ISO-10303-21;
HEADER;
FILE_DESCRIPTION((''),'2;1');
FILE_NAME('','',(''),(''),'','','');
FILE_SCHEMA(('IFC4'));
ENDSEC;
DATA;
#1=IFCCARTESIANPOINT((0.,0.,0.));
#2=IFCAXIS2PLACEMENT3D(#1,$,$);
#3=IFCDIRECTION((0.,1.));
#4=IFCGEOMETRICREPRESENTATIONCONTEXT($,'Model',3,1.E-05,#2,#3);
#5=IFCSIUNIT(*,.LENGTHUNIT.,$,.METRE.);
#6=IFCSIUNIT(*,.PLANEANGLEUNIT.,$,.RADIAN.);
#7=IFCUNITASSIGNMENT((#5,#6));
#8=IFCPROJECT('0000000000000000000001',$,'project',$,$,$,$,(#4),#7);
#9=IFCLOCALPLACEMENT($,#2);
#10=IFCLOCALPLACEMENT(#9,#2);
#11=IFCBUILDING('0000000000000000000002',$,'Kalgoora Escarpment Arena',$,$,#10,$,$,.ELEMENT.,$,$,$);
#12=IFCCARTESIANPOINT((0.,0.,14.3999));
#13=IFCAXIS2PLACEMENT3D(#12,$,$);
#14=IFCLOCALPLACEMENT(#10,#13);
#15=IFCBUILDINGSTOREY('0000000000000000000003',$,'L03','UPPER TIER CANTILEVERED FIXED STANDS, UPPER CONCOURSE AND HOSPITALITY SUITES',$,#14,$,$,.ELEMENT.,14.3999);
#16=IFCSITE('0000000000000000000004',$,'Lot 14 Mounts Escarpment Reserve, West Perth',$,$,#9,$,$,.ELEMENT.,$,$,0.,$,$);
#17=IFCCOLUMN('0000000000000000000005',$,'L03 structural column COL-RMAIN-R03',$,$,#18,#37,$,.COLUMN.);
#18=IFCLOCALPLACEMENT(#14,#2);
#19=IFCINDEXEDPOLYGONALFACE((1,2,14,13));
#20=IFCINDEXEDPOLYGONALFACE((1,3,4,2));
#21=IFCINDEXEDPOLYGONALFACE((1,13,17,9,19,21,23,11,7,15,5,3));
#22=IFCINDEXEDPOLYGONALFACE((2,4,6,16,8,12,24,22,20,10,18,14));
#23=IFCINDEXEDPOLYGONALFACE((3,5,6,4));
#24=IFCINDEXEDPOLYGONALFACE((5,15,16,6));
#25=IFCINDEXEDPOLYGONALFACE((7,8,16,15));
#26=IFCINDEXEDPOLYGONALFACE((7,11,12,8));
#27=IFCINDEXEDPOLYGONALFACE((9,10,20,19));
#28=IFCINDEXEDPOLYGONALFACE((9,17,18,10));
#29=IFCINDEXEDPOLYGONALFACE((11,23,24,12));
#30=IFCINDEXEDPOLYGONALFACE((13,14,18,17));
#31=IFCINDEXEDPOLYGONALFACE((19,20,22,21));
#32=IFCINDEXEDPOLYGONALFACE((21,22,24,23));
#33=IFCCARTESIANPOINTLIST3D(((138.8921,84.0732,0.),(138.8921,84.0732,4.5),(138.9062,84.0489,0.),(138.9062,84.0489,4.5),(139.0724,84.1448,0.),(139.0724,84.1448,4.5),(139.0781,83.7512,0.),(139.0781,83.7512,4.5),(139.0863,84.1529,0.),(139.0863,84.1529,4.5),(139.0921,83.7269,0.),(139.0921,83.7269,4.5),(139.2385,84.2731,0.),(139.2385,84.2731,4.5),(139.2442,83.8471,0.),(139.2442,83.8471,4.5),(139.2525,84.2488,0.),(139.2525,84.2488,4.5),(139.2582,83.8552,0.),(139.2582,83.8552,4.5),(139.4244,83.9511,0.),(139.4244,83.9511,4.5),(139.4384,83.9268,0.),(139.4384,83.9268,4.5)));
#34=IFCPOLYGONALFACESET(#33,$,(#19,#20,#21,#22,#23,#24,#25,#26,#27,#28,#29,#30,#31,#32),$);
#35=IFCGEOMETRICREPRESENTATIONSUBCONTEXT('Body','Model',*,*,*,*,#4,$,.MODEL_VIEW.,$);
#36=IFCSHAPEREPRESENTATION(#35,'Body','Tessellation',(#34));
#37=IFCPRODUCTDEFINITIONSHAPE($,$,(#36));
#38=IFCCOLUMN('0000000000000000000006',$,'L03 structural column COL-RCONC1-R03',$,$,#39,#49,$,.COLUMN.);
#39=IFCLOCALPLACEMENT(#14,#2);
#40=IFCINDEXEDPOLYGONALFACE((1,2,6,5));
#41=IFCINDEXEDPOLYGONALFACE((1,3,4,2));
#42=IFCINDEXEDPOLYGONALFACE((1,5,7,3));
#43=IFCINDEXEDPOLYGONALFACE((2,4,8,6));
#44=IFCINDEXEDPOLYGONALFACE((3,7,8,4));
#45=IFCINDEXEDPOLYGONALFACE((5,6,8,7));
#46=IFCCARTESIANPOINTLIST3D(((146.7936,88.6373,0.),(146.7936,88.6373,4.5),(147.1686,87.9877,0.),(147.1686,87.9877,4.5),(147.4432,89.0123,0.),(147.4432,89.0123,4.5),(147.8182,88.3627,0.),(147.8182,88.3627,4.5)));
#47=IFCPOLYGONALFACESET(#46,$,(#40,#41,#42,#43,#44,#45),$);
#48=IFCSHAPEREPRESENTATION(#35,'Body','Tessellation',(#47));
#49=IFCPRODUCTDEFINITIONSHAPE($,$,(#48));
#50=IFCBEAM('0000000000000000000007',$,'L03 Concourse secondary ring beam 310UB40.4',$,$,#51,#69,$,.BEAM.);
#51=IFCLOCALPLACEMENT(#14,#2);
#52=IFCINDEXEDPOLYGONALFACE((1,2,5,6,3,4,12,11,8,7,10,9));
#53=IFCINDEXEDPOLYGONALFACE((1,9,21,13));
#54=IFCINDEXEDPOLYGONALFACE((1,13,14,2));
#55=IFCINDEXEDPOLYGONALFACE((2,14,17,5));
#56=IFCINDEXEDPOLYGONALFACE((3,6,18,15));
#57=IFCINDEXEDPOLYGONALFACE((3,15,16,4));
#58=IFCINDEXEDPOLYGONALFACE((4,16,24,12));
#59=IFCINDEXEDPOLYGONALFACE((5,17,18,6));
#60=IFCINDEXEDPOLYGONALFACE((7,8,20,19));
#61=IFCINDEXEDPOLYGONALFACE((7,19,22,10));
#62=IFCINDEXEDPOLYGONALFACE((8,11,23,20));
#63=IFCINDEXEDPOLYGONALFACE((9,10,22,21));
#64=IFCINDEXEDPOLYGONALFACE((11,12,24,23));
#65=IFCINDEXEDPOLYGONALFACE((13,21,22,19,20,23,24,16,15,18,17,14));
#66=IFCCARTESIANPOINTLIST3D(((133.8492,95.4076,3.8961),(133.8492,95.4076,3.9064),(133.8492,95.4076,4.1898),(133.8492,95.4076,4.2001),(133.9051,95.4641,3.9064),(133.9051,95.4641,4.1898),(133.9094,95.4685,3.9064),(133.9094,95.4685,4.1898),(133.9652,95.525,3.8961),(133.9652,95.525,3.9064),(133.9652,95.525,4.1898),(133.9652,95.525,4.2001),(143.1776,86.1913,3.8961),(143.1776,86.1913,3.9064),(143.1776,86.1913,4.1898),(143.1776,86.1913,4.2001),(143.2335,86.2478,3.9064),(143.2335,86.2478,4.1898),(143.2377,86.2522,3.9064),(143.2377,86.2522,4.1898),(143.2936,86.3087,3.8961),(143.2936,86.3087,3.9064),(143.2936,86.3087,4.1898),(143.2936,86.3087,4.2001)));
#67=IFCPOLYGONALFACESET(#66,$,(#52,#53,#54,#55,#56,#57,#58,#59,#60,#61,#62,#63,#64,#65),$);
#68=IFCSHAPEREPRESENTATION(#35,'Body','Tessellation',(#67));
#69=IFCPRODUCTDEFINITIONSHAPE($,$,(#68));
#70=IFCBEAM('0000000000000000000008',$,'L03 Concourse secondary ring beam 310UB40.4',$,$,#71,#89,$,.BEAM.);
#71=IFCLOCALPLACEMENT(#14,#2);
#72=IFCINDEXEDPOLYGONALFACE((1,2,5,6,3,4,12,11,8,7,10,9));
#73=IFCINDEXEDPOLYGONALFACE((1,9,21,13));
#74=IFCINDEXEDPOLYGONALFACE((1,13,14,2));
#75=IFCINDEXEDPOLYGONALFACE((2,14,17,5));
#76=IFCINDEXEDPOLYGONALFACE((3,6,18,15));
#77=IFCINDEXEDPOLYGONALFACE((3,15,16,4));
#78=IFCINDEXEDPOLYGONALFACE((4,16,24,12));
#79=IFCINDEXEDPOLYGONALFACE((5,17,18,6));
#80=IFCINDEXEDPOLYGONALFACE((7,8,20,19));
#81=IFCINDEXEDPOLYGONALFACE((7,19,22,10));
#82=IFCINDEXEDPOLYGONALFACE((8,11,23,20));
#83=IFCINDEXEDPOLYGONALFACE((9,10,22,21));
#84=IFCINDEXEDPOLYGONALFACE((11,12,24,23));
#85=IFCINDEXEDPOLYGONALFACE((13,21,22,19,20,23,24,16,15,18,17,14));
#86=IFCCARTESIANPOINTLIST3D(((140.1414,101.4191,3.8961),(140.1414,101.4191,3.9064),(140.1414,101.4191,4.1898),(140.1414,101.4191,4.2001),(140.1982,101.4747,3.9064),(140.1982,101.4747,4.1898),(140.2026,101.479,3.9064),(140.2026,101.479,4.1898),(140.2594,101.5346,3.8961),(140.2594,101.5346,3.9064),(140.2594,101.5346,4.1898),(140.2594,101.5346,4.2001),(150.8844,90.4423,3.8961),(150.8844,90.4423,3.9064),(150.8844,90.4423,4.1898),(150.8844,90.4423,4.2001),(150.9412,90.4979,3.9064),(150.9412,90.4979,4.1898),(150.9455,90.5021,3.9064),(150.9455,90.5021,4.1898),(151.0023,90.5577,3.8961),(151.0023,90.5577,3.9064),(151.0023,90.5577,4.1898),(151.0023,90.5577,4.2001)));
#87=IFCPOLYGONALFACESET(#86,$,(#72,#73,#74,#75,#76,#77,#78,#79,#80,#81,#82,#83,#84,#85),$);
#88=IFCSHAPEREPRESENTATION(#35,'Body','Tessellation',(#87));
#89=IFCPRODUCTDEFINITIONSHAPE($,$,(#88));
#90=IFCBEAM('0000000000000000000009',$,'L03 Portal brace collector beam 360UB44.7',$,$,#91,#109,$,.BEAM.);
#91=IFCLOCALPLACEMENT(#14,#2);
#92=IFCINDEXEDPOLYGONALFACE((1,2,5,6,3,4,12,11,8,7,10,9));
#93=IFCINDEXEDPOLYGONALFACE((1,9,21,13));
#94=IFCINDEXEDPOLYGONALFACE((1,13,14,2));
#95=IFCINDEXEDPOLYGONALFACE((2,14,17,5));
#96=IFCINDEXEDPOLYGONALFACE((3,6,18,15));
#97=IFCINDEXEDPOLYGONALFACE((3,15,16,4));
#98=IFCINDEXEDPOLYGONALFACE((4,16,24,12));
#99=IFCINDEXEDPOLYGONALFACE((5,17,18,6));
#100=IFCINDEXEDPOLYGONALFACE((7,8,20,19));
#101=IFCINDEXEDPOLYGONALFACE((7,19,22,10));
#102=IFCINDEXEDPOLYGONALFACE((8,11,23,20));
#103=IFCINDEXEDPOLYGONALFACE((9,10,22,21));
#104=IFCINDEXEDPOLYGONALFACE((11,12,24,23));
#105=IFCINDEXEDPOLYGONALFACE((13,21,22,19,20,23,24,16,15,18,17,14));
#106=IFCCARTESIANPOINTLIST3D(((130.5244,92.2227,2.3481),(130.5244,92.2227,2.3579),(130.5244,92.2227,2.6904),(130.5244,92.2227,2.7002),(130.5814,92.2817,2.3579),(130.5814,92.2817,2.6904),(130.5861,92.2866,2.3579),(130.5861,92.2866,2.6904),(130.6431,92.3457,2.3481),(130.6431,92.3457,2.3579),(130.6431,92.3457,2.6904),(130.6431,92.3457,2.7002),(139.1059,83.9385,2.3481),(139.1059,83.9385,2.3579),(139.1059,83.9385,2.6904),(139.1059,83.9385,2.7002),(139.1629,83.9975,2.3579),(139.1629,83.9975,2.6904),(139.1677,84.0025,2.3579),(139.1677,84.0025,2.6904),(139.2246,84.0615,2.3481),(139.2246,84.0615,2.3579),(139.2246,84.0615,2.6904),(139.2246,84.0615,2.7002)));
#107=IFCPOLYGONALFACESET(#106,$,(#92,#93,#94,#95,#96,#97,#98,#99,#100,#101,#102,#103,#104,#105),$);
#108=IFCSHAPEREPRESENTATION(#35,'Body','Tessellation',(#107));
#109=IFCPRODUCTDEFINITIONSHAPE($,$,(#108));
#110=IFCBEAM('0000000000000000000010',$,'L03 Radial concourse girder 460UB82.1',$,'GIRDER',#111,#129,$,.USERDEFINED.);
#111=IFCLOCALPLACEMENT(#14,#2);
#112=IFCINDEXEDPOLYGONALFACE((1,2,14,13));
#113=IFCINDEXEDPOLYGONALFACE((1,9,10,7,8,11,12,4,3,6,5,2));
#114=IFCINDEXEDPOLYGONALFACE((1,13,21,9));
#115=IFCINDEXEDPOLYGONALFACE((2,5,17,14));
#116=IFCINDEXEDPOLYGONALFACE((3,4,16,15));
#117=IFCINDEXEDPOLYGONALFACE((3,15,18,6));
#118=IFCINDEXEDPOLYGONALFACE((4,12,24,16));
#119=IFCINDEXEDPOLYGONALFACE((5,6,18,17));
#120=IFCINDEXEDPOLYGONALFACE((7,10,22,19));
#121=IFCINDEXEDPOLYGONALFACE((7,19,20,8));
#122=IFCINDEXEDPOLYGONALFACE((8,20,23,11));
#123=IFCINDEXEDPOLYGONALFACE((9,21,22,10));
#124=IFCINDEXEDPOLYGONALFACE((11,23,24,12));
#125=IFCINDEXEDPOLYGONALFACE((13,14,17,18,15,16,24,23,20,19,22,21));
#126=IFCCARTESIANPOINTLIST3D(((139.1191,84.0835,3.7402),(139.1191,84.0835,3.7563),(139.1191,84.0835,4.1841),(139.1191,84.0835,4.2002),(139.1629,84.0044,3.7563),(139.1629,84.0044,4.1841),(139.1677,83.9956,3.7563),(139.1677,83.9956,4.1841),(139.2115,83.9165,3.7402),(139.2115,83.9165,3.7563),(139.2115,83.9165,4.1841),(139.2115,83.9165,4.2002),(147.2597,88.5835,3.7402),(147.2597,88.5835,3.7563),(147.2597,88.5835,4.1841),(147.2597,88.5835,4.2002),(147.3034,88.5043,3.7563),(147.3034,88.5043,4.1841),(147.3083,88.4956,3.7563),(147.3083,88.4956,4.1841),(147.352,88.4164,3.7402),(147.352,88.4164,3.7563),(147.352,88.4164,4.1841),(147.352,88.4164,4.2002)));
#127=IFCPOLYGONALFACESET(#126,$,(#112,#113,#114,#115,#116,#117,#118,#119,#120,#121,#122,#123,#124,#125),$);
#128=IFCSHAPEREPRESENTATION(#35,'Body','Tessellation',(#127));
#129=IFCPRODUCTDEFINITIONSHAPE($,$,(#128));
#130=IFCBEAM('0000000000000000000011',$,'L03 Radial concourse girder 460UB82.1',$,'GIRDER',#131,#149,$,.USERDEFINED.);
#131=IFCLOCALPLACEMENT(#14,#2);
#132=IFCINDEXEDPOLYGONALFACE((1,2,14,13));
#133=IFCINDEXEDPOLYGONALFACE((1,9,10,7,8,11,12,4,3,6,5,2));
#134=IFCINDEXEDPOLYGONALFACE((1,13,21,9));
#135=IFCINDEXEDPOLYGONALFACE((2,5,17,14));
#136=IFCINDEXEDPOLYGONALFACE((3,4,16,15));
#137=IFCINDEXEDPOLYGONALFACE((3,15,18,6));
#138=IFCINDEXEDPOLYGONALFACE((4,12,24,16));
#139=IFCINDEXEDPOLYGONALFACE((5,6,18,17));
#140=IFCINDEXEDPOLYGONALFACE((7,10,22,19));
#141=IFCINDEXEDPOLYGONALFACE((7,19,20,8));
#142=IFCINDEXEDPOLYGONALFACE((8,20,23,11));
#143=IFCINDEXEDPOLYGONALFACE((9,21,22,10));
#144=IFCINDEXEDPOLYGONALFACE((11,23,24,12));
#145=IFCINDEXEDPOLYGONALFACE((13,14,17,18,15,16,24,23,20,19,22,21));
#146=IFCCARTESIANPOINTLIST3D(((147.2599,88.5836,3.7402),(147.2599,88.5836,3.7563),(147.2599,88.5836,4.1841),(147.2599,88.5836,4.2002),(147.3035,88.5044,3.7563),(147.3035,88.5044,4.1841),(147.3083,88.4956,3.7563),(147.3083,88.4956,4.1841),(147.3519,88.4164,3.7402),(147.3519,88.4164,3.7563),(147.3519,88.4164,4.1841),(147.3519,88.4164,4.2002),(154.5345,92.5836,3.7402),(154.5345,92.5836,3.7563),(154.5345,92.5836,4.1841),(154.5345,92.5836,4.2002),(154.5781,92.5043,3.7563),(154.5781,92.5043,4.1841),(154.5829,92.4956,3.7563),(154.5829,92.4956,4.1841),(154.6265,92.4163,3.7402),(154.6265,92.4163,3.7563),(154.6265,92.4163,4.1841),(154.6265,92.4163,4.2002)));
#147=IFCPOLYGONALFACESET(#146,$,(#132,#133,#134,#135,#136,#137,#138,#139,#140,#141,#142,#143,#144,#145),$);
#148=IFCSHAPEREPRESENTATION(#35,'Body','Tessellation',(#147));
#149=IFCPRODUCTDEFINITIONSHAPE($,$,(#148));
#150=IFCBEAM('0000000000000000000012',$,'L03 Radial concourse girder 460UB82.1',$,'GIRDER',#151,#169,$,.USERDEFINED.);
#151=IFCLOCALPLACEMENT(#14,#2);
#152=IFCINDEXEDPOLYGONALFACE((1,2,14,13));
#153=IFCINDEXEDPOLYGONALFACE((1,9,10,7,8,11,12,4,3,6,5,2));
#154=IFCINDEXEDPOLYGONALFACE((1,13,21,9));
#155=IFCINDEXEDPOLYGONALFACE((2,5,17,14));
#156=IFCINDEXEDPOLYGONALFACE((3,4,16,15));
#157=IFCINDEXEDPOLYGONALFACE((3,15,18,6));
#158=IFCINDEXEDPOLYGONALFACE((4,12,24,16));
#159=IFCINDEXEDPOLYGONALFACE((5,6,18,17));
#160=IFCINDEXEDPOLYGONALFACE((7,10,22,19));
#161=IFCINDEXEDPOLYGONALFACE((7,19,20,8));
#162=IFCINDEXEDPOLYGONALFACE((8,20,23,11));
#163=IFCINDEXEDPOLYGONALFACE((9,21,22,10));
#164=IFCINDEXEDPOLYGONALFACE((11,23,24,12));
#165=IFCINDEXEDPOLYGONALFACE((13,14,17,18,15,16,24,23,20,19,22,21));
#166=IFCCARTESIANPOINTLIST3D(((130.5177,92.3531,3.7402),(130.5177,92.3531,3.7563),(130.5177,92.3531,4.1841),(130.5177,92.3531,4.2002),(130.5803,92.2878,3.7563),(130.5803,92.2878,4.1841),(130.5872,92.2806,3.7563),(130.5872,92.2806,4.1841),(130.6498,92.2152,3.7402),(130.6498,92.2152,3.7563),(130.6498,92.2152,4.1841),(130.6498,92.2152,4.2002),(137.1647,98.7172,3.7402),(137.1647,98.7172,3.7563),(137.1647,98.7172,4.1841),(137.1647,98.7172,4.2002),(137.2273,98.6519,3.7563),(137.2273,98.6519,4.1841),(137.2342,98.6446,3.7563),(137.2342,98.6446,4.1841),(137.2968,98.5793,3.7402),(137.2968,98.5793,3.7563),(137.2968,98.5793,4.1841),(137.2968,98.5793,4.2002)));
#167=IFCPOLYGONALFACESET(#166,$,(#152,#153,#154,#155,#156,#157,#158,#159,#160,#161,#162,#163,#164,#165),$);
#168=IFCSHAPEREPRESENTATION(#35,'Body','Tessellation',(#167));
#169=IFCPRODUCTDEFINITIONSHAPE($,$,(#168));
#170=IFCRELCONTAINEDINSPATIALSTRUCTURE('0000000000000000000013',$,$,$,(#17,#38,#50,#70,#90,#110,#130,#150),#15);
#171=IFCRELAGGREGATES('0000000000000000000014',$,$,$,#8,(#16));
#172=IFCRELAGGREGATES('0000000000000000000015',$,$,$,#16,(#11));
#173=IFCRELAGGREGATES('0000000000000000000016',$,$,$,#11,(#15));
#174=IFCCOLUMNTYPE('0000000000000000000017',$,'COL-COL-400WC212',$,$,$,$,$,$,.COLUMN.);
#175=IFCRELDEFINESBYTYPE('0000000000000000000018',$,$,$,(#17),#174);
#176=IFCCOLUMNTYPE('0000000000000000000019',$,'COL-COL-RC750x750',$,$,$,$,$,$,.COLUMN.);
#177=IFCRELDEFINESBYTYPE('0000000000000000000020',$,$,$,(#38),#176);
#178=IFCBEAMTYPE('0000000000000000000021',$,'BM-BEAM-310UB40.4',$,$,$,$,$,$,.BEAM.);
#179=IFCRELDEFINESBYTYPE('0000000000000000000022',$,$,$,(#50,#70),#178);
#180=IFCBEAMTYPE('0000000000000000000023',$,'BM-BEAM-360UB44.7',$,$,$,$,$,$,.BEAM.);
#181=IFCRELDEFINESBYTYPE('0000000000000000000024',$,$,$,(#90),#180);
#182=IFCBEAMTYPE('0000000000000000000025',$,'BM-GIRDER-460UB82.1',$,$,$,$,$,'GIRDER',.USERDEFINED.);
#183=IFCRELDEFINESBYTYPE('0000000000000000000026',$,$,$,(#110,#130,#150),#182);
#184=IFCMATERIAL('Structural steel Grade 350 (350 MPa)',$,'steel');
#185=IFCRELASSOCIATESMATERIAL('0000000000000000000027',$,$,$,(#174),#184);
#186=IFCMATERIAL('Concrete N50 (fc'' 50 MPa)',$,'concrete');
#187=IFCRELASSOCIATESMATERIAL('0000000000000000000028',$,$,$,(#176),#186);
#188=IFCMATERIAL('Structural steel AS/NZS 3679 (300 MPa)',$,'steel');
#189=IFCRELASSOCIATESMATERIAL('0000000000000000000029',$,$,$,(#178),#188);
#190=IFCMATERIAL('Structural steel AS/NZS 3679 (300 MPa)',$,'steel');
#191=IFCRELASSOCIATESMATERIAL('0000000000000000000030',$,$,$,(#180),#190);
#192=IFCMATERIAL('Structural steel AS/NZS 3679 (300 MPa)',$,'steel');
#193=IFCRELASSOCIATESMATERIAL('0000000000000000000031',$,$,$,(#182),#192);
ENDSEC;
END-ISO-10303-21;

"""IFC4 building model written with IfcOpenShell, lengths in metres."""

from ifc_helpers import new_model, si_unit, direction, frame, origin, origin_2d, place, context, subcontext, project, spatial, rectangle, i_section, extrude, material, material_profile, profile_set, type_object, element, save


model = new_model("IFC4")

# Units and contexts
model_context = context("Model", 3, precision=1e-05, world=origin(), true_north=direction((0.0, 1.0)))
body_context = subcontext(model_context, "Body", "Model", "MODEL_VIEW")
ifc_project = project(units=[si_unit("LENGTHUNIT", "METRE"), si_unit("PLANEANGLEUNIT", "RADIAN")], contexts=[model_context])

# Site, building, storey
site_placement = place(None, origin())
site = spatial("IfcSite", under=ifc_project, at=site_placement, Name="Lot 14 Mounts Escarpment Reserve, West Perth", CompositionType="ELEMENT", RefElevation=0.0)
building_placement = place(site_placement, origin())
building = spatial("IfcBuilding", under=site, at=building_placement, Name="Kalgoora Escarpment Arena", CompositionType="ELEMENT")
storey_placement = place(building_placement, frame((0.0, 0.0, 14.3999)))
storey = spatial("IfcBuildingStorey", under=building, at=storey_placement, Name="L03", Description="UPPER TIER CANTILEVERED FIXED STANDS, UPPER CONCOURSE AND HOSPITALITY SUITES", CompositionType="ELEMENT", Elevation=14.3999)

# Columns
ifc_material_1 = material(Name="Structural steel Grade 350 (350 MPa)", Category="steel")
ifc_material_profile_1 = material_profile(ifc_material_1, i_section(OverallWidth=0.3999, OverallDepth=0.3999, WebThickness=0.0161, FlangeThickness=0.0281, at=origin_2d()))
ifc_profile_set_1 = profile_set([ifc_material_profile_1], Name="Structural steel Grade 350 (350 MPa)")
column_type_1 = type_object("IfcColumnType", Name="COL-COL-400WC212", PredefinedType="COLUMN", material=ifc_profile_set_1)
column_1_placement = place(storey_placement, frame((139.1653, 84.0, 0.0), z_axis=(0.0, 0.0, 1.0), x_axis=(0.866025, 0.5, 0.0)))
element("IfcColumn", 1, at=column_1_placement, inside=storey, type_object=column_type_1, Name="L03 structural column COL-RMAIN-R03", PredefinedType="COLUMN", context=body_context, shape_type="SweptSolid", body=[
    extrude(i_section(OverallWidth=0.3999, OverallDepth=0.3999, WebThickness=0.0161, FlangeThickness=0.0281, at=origin_2d()), origin(), (0.0, 0.0, 1.0), 4.5),
])
ifc_material_2 = material(Name="Concrete N50 (fc' 50 MPa)", Category="concrete")
ifc_material_profile_2 = material_profile(ifc_material_2, rectangle(XDim=0.75, YDim=0.75, at=origin_2d()))
ifc_profile_set_2 = profile_set([ifc_material_profile_2], Name="Concrete N50 (fc' 50 MPa)")
column_type_2 = type_object("IfcColumnType", Name="COL-COL-RC750x750", PredefinedType="COLUMN", material=ifc_profile_set_2)
column_2_placement = place(storey_placement, frame((147.3059, 88.5, 0.0), z_axis=(0.0, 0.0, 1.0), x_axis=(0.866025, 0.5, 0.0)))
element("IfcColumn", 2, at=column_2_placement, inside=storey, type_object=column_type_2, Name="L03 structural column COL-RCONC1-R03", PredefinedType="COLUMN", context=body_context, shape_type="SweptSolid", body=[
    extrude(rectangle(XDim=0.75, YDim=0.75, at=origin_2d()), origin(), (0.0, 0.0, 1.0), 4.5),
])

# Beams
ifc_material_3 = material(Name="Structural steel AS/NZS 3679 (300 MPa)", Category="steel")
ifc_material_profile_3 = material_profile(ifc_material_3, i_section(OverallWidth=0.165, OverallDepth=0.304, WebThickness=0.0061, FlangeThickness=0.0103, at=origin_2d()))
ifc_profile_set_3 = profile_set([ifc_material_profile_3], Name="Structural steel AS/NZS 3679 (300 MPa)")
beam_type_1 = type_object("IfcBeamType", Name="BM-BEAM-310UB40.4", PredefinedType="BEAM", material=ifc_profile_set_3)
beam_1_placement = place(storey_placement, frame((143.2356, 86.25, 4.0481), z_axis=(-0.711367, 0.702821, 0.0), x_axis=(-0.702821, -0.711367, 0.0)))
element("IfcBeam", 3, at=beam_1_placement, inside=storey, type_object=beam_type_1, Name="L03 Concourse secondary ring beam 310UB40.4", PredefinedType="BEAM", context=body_context, shape_type="SweptSolid", body=[
    extrude(i_section(OverallWidth=0.165, OverallDepth=0.304, WebThickness=0.0061, FlangeThickness=0.0103, at=origin_2d()), origin(), (0.0, 0.0, 1.0), 13.1133),
])
beam_2_placement = place(storey_placement, frame((150.9434, 90.5, 4.0481), z_axis=(-0.699452, 0.71468, 0.0), x_axis=(-0.71468, -0.699452, 0.0)))
element("IfcBeam", 4, at=beam_2_placement, inside=storey, type_object=beam_type_1, Name="L03 Concourse secondary ring beam 310UB40.4", PredefinedType="BEAM", context=body_context, shape_type="SweptSolid", body=[
    extrude(i_section(OverallWidth=0.165, OverallDepth=0.304, WebThickness=0.0061, FlangeThickness=0.0103, at=origin_2d()), origin(), (0.0, 0.0, 1.0), 15.3591),
])
ifc_material_4 = material(Name="Structural steel AS/NZS 3679 (300 MPa)", Category="steel")
ifc_material_profile_4 = material_profile(ifc_material_4, i_section(OverallWidth=0.1709, OverallDepth=0.3521, WebThickness=0.0068, FlangeThickness=0.0098, at=origin_2d()))
ifc_profile_set_4 = profile_set([ifc_material_profile_4], Name="Structural steel AS/NZS 3679 (300 MPa)")
beam_type_2 = type_object("IfcBeamType", Name="BM-BEAM-360UB44.7", PredefinedType="BEAM", material=ifc_profile_set_4)
beam_3_placement = place(storey_placement, frame((139.1653, 84.0, 2.5242), z_axis=(-0.719462, 0.694532, 0.0), x_axis=(-0.694532, -0.719462, 0.0)))
element("IfcBeam", 5, at=beam_3_placement, inside=storey, type_object=beam_type_2, Name="L03 Portal brace collector beam 360UB44.7", PredefinedType="BEAM", context=body_context, shape_type="SweptSolid", body=[
    extrude(i_section(OverallWidth=0.1709, OverallDepth=0.3521, WebThickness=0.0068, FlangeThickness=0.0098, at=origin_2d()), origin(), (0.0, 0.0, 1.0), 11.9277),
])
ifc_material_5 = material(Name="Structural steel AS/NZS 3679 (300 MPa)", Category="steel")
ifc_material_profile_5 = material_profile(ifc_material_5, i_section(OverallWidth=0.1909, OverallDepth=0.46, WebThickness=0.01, FlangeThickness=0.0161, at=origin_2d()))
ifc_profile_set_5 = profile_set([ifc_material_profile_5], Name="Structural steel AS/NZS 3679 (300 MPa)")
beam_type_3 = type_object("IfcBeamType", Name="BM-GIRDER-460UB82.1", ElementType="GIRDER", PredefinedType="USERDEFINED", material=ifc_profile_set_5)
beam_4_placement = place(storey_placement, frame((139.1653, 84.0, 3.9702), z_axis=(0.875185, 0.483788, 0.0), x_axis=(-0.483788, 0.875185, 0.0)))
element("IfcBeam", 6, at=beam_4_placement, inside=storey, type_object=beam_type_3, Name="L03 Radial concourse girder 460UB82.1", ObjectType="GIRDER", PredefinedType="USERDEFINED", context=body_context, shape_type="SweptSolid", body=[
    extrude(i_section(OverallWidth=0.1909, OverallDepth=0.46, WebThickness=0.01, FlangeThickness=0.0161, at=origin_2d()), origin(), (0.0, 0.0, 1.0), 9.3015),
])
beam_5_placement = place(storey_placement, frame((147.3059, 88.5, 3.9702), z_axis=(0.87627, 0.481821, 0.0), x_axis=(-0.481821, 0.87627, 0.0)))
element("IfcBeam", 7, at=beam_5_placement, inside=storey, type_object=beam_type_3, Name="L03 Radial concourse girder 460UB82.1", ObjectType="GIRDER", PredefinedType="USERDEFINED", context=body_context, shape_type="SweptSolid", body=[
    extrude(i_section(OverallWidth=0.1909, OverallDepth=0.46, WebThickness=0.01, FlangeThickness=0.0161, at=origin_2d()), origin(), (0.0, 0.0, 1.0), 8.3018),
])
beam_6_placement = place(storey_placement, frame((130.5837, 92.2842, 3.9702), z_axis=(0.722314, 0.691565, 0.0), x_axis=(-0.691565, 0.722314, 0.0)))
element("IfcBeam", 8, at=beam_6_placement, inside=storey, type_object=beam_type_3, Name="L03 Radial concourse girder 460UB82.1", ObjectType="GIRDER", PredefinedType="USERDEFINED", context=body_context, shape_type="SweptSolid", body=[
    extrude(i_section(OverallWidth=0.1909, OverallDepth=0.46, WebThickness=0.01, FlangeThickness=0.0161, at=origin_2d()), origin(), (0.0, 0.0, 1.0), 9.2024),
])

save(model, "model.ifc")
